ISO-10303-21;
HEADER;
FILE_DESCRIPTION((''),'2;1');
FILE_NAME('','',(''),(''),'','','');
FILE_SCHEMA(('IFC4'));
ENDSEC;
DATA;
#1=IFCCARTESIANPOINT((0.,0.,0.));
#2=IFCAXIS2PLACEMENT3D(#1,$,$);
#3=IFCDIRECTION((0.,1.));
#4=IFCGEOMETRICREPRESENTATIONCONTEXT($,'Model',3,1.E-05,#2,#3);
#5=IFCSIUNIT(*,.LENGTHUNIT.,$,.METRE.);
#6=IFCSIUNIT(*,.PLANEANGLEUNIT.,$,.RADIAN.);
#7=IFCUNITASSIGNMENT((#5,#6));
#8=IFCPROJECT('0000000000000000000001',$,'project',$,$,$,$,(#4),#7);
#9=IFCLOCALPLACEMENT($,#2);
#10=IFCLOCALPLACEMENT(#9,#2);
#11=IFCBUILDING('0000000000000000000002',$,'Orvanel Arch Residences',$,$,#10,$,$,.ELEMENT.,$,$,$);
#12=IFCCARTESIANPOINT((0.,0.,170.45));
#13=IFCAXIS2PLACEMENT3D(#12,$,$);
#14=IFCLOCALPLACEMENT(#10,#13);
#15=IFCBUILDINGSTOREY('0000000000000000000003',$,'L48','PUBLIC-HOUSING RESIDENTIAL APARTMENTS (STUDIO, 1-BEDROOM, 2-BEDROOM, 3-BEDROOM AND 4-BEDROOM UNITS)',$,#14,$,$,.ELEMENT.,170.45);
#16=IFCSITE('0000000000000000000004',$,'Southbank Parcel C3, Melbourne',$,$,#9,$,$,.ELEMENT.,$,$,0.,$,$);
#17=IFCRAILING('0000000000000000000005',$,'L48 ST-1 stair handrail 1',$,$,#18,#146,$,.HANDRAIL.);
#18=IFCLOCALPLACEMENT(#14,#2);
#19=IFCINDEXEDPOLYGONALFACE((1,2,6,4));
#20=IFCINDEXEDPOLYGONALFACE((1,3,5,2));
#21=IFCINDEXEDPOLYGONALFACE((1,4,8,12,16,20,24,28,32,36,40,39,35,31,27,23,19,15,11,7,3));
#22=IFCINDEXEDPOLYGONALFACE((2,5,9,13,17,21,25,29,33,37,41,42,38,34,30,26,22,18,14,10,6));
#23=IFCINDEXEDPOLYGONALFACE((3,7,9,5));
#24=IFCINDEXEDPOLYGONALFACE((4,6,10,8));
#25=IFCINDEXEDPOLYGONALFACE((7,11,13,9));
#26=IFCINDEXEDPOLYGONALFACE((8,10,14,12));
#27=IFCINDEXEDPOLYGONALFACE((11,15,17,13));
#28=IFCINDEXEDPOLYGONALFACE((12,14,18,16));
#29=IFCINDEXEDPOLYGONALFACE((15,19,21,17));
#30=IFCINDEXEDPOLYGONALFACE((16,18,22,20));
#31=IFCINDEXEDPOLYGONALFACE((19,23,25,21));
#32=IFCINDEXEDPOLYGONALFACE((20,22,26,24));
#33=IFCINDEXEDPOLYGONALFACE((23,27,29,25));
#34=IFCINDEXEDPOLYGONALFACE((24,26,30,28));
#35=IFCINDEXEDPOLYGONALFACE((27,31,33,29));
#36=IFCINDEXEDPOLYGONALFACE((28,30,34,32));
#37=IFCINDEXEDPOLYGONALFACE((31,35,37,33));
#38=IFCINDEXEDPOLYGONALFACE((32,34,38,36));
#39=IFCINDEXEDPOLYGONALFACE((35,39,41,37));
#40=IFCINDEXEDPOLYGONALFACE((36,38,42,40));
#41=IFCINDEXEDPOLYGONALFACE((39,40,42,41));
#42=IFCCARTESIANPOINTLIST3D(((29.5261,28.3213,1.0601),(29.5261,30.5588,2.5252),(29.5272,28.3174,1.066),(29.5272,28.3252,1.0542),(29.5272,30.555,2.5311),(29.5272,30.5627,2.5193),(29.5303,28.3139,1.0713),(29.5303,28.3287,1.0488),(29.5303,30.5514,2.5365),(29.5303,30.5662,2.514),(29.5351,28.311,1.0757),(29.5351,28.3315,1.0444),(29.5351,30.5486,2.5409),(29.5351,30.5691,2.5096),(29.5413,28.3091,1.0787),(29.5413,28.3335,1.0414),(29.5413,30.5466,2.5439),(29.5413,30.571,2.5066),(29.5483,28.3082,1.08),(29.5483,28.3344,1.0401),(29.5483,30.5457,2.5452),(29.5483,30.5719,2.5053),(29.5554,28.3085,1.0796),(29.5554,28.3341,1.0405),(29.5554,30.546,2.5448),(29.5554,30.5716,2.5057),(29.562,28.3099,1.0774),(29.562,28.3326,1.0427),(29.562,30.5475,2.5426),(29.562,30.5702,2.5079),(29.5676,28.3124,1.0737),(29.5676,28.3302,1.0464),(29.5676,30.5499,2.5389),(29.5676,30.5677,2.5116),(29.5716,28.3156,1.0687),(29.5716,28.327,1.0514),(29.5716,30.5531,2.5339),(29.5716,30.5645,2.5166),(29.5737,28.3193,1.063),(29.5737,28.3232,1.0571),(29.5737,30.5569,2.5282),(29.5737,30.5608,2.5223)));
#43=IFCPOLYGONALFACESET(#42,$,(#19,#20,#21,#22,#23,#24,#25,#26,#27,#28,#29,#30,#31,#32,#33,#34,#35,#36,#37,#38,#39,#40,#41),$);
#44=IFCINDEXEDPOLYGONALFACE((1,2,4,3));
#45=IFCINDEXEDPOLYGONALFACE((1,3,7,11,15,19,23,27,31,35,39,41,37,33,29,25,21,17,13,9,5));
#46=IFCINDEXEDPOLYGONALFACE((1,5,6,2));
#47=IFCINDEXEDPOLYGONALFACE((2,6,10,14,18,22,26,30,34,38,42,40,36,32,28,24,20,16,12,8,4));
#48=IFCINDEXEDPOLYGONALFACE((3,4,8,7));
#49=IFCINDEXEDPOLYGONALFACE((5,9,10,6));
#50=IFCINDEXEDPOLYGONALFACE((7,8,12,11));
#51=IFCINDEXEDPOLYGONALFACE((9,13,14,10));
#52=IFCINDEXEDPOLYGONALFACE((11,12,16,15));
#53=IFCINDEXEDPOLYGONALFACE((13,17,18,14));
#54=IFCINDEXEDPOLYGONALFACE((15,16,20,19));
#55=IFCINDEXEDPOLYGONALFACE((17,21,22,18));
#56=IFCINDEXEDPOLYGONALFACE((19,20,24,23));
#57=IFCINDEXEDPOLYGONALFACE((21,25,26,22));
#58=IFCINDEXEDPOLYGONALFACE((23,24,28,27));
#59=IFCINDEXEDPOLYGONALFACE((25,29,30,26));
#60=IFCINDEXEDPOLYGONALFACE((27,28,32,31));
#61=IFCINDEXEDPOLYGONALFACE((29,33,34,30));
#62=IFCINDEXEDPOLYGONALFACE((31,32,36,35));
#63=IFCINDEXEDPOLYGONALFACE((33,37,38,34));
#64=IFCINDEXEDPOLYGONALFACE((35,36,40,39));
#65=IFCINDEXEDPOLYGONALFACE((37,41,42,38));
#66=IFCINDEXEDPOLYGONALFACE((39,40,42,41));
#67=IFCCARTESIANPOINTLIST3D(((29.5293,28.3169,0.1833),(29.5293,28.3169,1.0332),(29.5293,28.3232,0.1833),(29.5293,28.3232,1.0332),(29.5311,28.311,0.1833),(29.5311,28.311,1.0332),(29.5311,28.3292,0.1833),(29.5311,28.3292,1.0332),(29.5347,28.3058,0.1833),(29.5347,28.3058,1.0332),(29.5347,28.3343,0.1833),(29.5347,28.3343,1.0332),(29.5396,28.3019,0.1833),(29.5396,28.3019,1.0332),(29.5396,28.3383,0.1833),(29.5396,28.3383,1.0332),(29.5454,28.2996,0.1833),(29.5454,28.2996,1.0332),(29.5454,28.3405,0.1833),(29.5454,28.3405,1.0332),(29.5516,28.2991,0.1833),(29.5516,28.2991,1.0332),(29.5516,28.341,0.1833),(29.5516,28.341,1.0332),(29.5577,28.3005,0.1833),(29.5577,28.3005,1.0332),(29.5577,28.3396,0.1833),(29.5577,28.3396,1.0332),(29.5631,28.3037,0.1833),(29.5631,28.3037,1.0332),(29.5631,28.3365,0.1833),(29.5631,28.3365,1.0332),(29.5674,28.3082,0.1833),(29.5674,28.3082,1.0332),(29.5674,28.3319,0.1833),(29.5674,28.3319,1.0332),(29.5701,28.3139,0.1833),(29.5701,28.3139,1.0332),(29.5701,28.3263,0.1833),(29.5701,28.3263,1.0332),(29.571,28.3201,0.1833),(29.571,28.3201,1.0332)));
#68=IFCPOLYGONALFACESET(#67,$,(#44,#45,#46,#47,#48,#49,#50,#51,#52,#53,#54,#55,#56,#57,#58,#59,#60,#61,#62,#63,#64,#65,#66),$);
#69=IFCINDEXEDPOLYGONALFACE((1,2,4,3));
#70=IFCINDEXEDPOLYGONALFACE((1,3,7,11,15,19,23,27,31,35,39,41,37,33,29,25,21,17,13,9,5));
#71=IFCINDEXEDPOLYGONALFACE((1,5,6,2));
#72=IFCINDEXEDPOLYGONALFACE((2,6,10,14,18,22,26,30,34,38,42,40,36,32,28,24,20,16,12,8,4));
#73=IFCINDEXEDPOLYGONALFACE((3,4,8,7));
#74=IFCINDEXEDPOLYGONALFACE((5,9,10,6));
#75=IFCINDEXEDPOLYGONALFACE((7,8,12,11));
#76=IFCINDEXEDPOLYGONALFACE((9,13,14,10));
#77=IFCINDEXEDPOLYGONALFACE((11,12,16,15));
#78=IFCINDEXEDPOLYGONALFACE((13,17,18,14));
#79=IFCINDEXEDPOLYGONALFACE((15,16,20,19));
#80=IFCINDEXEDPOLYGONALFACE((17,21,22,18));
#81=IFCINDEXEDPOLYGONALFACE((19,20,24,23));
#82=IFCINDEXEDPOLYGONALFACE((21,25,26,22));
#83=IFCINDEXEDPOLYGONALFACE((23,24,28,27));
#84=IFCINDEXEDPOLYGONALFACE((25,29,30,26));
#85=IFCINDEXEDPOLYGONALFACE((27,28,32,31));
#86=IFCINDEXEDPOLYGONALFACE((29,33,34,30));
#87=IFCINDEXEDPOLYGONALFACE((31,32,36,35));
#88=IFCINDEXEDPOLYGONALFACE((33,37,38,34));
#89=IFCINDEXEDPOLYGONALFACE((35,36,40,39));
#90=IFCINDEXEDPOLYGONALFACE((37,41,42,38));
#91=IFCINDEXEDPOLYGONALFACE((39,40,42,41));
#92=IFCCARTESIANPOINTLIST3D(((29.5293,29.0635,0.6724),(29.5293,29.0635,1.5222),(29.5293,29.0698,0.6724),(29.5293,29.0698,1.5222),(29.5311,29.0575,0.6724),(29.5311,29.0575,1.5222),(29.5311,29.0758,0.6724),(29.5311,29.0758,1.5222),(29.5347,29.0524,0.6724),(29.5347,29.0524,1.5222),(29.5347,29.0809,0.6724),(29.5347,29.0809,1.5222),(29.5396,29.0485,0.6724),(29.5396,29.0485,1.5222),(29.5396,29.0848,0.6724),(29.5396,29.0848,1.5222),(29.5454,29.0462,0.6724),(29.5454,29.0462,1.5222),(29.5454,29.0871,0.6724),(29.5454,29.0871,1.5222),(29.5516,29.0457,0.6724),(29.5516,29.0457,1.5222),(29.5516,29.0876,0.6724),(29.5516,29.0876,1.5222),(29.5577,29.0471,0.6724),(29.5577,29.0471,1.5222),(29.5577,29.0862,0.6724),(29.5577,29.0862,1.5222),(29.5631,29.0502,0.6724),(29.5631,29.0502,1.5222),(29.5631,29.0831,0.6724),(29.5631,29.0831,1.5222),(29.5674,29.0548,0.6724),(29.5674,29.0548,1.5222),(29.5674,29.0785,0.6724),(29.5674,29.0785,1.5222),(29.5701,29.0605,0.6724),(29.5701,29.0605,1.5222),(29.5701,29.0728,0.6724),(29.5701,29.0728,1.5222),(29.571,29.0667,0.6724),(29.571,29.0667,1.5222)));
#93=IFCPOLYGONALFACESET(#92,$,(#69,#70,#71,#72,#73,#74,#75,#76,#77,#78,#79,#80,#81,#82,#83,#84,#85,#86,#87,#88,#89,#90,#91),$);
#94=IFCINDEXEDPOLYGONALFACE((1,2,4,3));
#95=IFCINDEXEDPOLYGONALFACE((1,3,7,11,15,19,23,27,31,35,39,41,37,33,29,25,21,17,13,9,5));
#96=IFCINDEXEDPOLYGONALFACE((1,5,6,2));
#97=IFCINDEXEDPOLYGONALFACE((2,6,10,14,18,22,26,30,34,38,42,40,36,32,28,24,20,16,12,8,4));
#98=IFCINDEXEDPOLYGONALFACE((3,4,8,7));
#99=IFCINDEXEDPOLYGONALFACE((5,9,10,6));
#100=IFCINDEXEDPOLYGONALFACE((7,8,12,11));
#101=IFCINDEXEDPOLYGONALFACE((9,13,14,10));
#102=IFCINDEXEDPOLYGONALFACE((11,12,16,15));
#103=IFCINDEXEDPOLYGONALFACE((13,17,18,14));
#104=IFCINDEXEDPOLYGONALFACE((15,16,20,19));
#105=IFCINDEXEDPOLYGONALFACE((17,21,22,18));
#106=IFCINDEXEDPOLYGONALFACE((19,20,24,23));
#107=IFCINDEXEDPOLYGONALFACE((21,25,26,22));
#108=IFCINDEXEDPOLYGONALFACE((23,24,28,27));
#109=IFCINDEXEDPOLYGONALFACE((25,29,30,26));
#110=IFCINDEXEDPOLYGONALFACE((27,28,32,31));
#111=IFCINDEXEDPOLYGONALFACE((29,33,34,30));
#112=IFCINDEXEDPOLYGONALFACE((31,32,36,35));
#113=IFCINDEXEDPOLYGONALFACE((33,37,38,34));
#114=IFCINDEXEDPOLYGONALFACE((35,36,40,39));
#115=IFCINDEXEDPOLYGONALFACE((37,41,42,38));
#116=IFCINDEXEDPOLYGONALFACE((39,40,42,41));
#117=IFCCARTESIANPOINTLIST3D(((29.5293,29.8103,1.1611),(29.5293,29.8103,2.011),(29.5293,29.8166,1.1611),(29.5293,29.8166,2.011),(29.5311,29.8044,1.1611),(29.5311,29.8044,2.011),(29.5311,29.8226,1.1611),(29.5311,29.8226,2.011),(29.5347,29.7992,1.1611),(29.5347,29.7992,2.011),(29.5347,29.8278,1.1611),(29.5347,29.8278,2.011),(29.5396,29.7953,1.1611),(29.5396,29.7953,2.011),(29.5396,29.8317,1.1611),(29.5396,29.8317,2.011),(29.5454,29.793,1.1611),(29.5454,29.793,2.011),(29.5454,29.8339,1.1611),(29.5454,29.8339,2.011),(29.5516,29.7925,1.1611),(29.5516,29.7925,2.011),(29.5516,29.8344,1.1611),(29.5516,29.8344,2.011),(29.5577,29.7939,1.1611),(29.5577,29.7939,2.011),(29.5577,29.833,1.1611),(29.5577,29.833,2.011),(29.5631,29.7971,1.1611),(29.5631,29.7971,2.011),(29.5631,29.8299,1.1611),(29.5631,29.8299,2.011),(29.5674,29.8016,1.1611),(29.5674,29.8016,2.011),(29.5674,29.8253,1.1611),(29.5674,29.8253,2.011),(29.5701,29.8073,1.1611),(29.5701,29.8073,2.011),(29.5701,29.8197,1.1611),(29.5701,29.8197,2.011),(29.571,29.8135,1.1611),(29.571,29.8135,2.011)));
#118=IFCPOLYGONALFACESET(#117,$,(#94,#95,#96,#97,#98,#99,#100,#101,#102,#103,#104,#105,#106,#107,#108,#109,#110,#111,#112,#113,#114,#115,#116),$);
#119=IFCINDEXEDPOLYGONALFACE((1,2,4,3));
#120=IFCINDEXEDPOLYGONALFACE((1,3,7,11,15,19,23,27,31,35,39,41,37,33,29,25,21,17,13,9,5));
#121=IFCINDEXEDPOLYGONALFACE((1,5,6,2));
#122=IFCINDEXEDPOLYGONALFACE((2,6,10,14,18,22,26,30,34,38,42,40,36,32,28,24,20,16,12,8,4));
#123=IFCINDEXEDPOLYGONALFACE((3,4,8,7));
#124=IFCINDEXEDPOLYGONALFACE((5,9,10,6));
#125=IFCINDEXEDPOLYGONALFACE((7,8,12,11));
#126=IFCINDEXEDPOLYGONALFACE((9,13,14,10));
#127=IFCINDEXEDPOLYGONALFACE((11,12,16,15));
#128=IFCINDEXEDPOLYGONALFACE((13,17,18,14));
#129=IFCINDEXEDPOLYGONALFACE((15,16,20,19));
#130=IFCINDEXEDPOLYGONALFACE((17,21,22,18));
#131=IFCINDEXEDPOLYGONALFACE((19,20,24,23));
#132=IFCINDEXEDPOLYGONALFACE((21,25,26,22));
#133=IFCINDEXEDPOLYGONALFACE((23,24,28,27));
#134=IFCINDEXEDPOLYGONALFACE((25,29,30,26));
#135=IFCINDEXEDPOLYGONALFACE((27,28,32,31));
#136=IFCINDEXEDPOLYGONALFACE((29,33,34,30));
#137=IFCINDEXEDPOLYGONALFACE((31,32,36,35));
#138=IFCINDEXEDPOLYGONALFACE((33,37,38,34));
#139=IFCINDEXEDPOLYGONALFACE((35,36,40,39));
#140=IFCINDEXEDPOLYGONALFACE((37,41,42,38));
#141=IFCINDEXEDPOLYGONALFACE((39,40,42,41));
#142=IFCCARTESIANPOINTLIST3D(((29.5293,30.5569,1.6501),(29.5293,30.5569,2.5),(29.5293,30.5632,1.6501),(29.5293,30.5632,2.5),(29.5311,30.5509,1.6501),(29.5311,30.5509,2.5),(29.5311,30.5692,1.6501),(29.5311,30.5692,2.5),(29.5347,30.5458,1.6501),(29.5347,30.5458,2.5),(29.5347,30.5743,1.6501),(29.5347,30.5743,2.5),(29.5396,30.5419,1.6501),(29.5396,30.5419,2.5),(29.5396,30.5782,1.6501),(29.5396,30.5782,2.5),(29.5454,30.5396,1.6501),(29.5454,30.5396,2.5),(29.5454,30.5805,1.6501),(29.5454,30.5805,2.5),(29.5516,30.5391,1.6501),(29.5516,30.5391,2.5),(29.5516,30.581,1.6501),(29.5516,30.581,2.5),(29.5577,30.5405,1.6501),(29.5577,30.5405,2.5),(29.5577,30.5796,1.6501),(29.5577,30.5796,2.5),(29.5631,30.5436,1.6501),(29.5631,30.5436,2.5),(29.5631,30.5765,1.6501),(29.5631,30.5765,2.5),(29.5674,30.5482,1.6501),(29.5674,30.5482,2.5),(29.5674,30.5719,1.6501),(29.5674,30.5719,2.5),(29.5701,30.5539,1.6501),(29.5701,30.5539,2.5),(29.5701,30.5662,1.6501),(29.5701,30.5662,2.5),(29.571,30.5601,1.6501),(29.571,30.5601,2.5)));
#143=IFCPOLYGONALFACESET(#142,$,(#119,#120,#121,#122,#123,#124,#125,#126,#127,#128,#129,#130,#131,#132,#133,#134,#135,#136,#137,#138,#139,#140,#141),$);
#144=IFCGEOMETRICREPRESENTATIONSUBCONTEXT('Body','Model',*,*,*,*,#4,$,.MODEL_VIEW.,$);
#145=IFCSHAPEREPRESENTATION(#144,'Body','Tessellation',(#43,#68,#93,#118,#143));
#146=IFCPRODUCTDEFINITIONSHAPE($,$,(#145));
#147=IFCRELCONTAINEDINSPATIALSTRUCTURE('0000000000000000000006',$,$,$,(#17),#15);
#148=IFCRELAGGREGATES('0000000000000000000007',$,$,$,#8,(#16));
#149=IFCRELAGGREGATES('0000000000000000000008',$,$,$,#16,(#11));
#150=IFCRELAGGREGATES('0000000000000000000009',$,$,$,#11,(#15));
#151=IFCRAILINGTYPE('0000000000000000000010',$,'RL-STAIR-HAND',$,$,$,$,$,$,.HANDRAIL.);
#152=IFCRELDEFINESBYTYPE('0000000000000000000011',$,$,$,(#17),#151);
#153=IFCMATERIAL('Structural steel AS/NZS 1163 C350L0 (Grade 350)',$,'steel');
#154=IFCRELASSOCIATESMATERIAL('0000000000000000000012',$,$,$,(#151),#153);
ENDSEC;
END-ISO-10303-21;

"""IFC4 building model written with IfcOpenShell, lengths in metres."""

from ifc_helpers import new_model, si_unit, direction, frame, origin, origin_2d, place, context, subcontext, project, spatial, circle, extrude, material, type_object, element, save


model = new_model("IFC4")

# Units and contexts
model_context = context("Model", 3, precision=1e-05, world=origin(), true_north=direction((0.0, 1.0)))
body_context = subcontext(model_context, "Body", "Model", "MODEL_VIEW")
ifc_project = project(units=[si_unit("LENGTHUNIT", "METRE"), si_unit("PLANEANGLEUNIT", "RADIAN")], contexts=[model_context])

# Site, building, storey
site_placement = place(None, origin())
site = spatial("IfcSite", under=ifc_project, at=site_placement, Name="Southbank Parcel C3, Melbourne", CompositionType="ELEMENT", RefElevation=0.0)
building_placement = place(site_placement, origin())
building = spatial("IfcBuilding", under=site, at=building_placement, Name="Orvanel Arch Residences", CompositionType="ELEMENT")
storey_placement = place(building_placement, frame((0.0, 0.0, 170.45)))
storey = spatial("IfcBuildingStorey", under=building, at=storey_placement, Name="L48", Description="PUBLIC-HOUSING RESIDENTIAL APARTMENTS (STUDIO, 1-BEDROOM, 2-BEDROOM, 3-BEDROOM AND 4-BEDROOM UNITS)", CompositionType="ELEMENT", Elevation=170.45)

# Railing
ifc_material_1 = material(Name="Structural steel AS/NZS 1163 C350L0 (Grade 350)", Category="steel")
railing_type_1 = type_object("IfcRailingType", Name="RL-STAIR-HAND", PredefinedType="HANDRAIL", material=ifc_material_1)
railing_1_placement = place(storey_placement, frame((29.55, 28.3201, 0.1833)))
element("IfcRailing", 1, at=railing_1_placement, inside=storey, type_object=railing_type_1, Name="L48 ST-1 stair handrail 1", PredefinedType="HANDRAIL", context=body_context, shape_type="SweptSolid", body=[
    extrude(circle(Radius=0.0239, at=origin_2d()), frame((0.0, 0.0012, 0.8767), z_axis=(0.0, 0.836595, 0.547822), x_axis=(-1.0, 0.0, 0.0)), (0.0, 0.0, 1.0), 2.6746),
    extrude(circle(Radius=0.021, at=origin_2d()), origin(), (0.0, 0.0, 1.0), 0.8499),
    extrude(circle(Radius=0.021, at=origin_2d()), frame((0.0, 0.7466, 0.489)), (0.0, 0.0, 1.0), 0.8499),
    extrude(circle(Radius=0.021, at=origin_2d()), frame((0.0, 1.4934, 0.9778)), (0.0, 0.0, 1.0), 0.8499),
    extrude(circle(Radius=0.021, at=origin_2d()), frame((0.0, 2.24, 1.4668)), (0.0, 0.0, 1.0), 0.8499),
])

save(model, "model.ifc")
